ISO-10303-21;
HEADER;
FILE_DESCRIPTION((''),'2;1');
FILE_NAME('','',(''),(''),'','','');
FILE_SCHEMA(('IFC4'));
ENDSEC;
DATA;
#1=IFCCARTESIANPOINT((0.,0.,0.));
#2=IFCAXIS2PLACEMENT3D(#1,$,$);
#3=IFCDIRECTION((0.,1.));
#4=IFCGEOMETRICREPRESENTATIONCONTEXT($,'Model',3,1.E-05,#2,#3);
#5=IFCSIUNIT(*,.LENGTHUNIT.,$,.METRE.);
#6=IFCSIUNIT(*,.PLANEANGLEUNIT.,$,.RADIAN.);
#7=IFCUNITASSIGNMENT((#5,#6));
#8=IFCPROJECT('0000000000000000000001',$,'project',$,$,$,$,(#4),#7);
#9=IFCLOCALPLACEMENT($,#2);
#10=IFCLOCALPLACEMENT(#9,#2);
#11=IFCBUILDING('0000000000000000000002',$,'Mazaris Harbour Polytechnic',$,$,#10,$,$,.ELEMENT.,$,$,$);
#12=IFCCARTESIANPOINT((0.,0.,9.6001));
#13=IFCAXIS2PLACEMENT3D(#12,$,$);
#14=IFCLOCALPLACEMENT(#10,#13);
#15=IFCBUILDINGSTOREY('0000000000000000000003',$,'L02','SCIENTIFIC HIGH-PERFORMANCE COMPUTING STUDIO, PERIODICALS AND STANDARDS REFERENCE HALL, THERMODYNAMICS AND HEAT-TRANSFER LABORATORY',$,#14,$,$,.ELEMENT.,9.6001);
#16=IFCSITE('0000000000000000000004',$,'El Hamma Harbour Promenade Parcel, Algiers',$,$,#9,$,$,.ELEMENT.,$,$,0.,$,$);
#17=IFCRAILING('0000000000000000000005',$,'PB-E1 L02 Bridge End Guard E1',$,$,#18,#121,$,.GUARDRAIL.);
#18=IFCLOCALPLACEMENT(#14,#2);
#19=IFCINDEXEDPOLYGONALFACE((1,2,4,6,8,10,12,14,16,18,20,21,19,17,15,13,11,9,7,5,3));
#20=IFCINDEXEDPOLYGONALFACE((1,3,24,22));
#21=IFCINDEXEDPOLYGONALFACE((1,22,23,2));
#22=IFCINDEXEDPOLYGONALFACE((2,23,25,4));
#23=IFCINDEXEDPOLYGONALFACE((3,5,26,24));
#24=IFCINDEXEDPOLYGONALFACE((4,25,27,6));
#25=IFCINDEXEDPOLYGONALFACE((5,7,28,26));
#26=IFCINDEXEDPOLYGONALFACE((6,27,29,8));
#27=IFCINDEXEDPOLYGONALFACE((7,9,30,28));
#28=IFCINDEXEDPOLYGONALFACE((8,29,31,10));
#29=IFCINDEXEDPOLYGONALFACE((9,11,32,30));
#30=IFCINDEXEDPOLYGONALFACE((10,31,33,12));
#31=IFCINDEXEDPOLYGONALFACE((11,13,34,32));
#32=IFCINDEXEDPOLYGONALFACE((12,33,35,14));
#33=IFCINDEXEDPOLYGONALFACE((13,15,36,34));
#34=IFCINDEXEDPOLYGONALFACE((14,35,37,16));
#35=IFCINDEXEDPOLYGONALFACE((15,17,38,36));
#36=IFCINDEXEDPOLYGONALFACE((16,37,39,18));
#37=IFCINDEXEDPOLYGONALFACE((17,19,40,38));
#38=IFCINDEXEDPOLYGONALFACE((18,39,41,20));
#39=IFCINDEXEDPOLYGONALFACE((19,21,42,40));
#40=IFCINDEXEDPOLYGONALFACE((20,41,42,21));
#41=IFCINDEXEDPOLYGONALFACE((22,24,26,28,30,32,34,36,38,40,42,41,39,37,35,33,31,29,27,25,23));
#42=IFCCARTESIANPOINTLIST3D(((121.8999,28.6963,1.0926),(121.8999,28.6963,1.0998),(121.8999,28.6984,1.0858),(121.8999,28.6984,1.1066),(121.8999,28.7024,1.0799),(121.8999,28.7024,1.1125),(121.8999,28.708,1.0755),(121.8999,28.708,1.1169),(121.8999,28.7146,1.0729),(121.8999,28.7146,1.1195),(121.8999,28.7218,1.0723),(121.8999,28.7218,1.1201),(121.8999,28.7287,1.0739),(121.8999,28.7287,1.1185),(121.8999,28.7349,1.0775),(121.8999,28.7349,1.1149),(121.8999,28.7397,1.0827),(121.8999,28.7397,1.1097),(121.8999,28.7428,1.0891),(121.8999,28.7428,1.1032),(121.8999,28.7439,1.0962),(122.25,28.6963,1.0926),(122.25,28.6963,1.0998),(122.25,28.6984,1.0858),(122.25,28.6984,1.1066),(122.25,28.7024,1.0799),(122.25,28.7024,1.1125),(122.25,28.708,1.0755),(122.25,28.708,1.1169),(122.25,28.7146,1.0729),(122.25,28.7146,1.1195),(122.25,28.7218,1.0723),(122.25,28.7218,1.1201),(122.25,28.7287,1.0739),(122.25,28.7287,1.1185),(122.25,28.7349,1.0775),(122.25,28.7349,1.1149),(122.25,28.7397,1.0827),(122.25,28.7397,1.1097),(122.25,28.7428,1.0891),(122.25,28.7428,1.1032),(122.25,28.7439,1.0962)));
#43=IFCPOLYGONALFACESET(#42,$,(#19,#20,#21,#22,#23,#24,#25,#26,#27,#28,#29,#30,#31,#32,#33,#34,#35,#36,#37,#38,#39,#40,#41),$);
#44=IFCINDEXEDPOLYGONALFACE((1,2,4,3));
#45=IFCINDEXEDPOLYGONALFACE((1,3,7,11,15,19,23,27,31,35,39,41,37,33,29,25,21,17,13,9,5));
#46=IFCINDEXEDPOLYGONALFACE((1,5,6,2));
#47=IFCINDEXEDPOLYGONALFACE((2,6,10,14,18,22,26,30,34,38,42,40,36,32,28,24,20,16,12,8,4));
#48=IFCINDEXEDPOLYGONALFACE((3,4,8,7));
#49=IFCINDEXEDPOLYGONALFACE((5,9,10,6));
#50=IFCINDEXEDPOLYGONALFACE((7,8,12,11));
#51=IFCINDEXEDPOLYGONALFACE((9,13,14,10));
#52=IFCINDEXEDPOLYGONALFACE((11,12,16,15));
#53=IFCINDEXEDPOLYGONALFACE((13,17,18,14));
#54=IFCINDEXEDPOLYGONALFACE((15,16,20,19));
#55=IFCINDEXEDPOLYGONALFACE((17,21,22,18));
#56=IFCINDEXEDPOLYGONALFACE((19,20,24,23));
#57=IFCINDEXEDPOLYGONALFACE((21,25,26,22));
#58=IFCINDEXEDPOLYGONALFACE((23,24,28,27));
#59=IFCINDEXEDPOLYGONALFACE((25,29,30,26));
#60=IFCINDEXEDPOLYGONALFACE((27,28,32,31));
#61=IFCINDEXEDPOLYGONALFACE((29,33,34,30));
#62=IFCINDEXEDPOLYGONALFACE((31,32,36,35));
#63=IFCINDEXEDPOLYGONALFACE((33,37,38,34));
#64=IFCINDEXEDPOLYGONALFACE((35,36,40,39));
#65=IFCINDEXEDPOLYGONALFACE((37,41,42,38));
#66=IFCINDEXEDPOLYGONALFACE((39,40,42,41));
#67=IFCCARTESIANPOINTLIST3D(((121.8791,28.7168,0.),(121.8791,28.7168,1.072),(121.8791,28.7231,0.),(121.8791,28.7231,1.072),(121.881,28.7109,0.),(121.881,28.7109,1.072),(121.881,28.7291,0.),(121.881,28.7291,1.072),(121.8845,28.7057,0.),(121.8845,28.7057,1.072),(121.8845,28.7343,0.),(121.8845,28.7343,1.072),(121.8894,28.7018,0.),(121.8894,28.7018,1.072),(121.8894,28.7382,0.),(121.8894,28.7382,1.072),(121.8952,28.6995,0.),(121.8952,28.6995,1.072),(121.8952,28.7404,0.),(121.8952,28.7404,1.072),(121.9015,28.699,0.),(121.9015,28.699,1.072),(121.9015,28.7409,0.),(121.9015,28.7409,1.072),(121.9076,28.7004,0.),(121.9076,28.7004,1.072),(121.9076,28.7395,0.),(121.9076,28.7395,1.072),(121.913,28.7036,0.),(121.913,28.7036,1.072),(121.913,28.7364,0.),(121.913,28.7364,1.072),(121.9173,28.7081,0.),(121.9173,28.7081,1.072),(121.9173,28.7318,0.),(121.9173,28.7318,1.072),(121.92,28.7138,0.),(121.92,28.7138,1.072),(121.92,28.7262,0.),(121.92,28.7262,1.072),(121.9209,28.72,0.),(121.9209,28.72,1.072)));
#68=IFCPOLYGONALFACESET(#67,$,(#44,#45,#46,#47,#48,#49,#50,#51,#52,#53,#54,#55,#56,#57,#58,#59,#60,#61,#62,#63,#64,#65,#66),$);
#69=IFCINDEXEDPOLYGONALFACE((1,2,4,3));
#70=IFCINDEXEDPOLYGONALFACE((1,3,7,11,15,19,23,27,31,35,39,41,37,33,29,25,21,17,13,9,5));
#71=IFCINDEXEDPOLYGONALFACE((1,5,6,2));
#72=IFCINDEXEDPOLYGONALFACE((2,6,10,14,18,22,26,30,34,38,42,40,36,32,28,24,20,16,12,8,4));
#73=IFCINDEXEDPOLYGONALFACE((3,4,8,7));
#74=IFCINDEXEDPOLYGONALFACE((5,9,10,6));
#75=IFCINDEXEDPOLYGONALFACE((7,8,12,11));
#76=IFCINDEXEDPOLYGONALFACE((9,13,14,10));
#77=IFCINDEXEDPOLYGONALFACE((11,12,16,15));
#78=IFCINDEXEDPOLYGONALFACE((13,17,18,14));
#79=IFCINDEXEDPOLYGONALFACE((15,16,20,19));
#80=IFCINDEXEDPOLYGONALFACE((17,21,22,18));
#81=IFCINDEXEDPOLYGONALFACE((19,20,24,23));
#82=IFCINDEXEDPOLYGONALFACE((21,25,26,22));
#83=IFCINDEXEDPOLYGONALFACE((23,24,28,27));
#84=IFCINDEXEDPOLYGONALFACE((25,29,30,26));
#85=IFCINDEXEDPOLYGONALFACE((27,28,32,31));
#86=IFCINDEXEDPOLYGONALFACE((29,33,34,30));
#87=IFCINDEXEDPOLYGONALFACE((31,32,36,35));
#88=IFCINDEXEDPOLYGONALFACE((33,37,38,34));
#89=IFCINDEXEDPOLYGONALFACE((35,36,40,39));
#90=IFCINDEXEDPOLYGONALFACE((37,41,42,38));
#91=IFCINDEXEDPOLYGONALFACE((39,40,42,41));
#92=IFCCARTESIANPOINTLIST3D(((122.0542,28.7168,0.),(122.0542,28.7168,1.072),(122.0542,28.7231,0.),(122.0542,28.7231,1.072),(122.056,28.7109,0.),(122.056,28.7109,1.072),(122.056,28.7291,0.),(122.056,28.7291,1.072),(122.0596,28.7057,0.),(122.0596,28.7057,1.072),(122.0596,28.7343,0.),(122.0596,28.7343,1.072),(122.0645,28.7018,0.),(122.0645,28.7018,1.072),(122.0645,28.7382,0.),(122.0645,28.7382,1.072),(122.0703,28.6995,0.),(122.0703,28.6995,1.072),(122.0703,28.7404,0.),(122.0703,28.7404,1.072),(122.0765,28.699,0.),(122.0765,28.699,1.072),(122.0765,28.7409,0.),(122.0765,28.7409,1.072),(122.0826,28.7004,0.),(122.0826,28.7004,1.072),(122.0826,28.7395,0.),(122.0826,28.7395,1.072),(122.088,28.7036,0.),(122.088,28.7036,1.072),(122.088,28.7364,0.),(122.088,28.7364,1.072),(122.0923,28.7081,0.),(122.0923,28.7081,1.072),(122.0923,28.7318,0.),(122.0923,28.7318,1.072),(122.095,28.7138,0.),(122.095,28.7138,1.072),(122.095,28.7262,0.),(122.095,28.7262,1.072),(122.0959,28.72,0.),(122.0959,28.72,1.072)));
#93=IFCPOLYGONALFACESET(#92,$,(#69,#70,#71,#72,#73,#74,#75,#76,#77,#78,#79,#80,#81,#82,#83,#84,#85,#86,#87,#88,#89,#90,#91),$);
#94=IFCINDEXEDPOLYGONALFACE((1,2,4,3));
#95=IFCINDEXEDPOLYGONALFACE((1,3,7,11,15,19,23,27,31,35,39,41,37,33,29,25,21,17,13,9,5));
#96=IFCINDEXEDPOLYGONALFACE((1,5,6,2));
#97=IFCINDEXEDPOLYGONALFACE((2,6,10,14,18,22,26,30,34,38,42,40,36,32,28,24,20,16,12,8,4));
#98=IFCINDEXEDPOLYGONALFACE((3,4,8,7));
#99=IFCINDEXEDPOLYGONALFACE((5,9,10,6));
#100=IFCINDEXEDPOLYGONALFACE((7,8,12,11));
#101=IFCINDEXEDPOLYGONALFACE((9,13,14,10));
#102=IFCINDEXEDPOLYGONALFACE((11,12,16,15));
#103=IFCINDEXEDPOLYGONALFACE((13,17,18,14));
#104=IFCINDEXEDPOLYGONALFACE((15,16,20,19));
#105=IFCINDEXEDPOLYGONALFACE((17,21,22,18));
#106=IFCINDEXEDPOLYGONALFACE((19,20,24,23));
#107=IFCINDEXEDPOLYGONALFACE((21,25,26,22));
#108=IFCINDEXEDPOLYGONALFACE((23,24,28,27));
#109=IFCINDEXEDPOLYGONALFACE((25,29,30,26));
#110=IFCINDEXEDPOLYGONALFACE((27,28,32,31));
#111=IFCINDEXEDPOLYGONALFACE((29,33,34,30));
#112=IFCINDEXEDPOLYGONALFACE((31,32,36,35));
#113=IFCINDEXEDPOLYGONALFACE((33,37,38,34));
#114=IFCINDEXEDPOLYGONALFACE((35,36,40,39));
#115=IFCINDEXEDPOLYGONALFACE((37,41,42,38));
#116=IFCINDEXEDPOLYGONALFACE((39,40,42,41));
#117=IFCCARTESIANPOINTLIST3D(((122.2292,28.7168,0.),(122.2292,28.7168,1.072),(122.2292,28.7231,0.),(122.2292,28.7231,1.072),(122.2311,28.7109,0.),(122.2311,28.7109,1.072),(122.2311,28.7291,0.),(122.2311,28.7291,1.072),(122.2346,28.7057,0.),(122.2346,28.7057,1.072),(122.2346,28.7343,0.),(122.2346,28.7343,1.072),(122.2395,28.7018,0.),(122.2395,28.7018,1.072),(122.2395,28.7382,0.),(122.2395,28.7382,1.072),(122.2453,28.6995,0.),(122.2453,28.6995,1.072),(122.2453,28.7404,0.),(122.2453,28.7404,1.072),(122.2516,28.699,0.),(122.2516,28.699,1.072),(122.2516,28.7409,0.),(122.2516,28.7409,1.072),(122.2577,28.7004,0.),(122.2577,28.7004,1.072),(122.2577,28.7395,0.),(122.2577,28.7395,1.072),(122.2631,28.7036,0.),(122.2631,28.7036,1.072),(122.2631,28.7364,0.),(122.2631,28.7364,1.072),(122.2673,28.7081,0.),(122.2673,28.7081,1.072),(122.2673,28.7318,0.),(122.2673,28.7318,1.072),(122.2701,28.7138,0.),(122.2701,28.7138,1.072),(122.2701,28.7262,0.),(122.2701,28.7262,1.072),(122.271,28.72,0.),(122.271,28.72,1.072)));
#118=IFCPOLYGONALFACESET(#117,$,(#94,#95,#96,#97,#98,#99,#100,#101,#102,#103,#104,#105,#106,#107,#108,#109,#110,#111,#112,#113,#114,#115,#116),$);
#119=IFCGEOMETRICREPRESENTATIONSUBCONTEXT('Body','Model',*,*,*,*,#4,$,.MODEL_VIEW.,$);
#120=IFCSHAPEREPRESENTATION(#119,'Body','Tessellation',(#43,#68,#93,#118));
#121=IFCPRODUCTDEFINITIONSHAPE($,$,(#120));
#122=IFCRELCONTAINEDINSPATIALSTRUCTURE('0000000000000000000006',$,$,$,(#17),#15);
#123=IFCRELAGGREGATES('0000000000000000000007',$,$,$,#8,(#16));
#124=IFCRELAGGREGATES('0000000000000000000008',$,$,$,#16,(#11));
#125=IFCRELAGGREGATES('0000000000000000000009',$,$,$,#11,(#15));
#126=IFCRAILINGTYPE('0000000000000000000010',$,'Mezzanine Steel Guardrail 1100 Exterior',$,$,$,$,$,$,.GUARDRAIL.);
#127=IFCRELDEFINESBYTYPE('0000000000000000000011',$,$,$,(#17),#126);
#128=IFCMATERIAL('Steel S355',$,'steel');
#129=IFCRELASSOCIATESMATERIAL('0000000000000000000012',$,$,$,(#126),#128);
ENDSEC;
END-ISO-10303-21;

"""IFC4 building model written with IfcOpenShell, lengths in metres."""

from ifc_helpers import new_model, si_unit, direction, frame, origin, origin_2d, place, context, subcontext, project, spatial, circle, extrude, material, type_object, element, save


model = new_model("IFC4")

# Units and contexts
model_context = context("Model", 3, precision=1e-05, world=origin(), true_north=direction((0.0, 1.0)))
body_context = subcontext(model_context, "Body", "Model", "MODEL_VIEW")
ifc_project = project(units=[si_unit("LENGTHUNIT", "METRE"), si_unit("PLANEANGLEUNIT", "RADIAN")], contexts=[model_context])

# Site, building, storey
site_placement = place(None, origin())
site = spatial("IfcSite", under=ifc_project, at=site_placement, Name="El Hamma Harbour Promenade Parcel, Algiers", CompositionType="ELEMENT", RefElevation=0.0)
building_placement = place(site_placement, origin())
building = spatial("IfcBuilding", under=site, at=building_placement, Name="Mazaris Harbour Polytechnic", CompositionType="ELEMENT")
storey_placement = place(building_placement, frame((0.0, 0.0, 9.6001)))
storey = spatial("IfcBuildingStorey", under=building, at=storey_placement, Name="L02", Description="SCIENTIFIC HIGH-PERFORMANCE COMPUTING STUDIO, PERIODICALS AND STANDARDS REFERENCE HALL, THERMODYNAMICS AND HEAT-TRANSFER LABORATORY", CompositionType="ELEMENT", Elevation=9.6001)

# Railing
ifc_material_1 = material(Name="Steel S355", Category="steel")
railing_type = type_object("IfcRailingType", Name="Mezzanine Steel Guardrail 1100 Exterior", PredefinedType="GUARDRAIL", material=ifc_material_1)
for number, where, name in (
    (1, (121.8999, 28.72, 0.0), "PB-E1 L02 Bridge End Guard E1"),
):
    element("IfcRailing", number, at=place(storey_placement, frame(where)), inside=storey, type_object=railing_type, Name=name, PredefinedType="GUARDRAIL", context=body_context, shape_type="SweptSolid", body=[
        extrude(circle(Radius=0.0239, at=origin_2d()), frame((0.0, 0.0, 1.0962), z_axis=(1.0, 0.0, 0.0), x_axis=(0.0, 1.0, 0.0)), (0.0, 0.0, 1.0), 0.3501),
        extrude(circle(Radius=0.021, at=origin_2d()), origin(), (0.0, 0.0, 1.0), 1.072),
        extrude(circle(Radius=0.021, at=origin_2d()), frame((0.175, 0.0, 0.0)), (0.0, 0.0, 1.0), 1.072),
        extrude(circle(Radius=0.021, at=origin_2d()), frame((0.3501, 0.0, 0.0)), (0.0, 0.0, 1.0), 1.072),
    ])

save(model, "model.ifc")
